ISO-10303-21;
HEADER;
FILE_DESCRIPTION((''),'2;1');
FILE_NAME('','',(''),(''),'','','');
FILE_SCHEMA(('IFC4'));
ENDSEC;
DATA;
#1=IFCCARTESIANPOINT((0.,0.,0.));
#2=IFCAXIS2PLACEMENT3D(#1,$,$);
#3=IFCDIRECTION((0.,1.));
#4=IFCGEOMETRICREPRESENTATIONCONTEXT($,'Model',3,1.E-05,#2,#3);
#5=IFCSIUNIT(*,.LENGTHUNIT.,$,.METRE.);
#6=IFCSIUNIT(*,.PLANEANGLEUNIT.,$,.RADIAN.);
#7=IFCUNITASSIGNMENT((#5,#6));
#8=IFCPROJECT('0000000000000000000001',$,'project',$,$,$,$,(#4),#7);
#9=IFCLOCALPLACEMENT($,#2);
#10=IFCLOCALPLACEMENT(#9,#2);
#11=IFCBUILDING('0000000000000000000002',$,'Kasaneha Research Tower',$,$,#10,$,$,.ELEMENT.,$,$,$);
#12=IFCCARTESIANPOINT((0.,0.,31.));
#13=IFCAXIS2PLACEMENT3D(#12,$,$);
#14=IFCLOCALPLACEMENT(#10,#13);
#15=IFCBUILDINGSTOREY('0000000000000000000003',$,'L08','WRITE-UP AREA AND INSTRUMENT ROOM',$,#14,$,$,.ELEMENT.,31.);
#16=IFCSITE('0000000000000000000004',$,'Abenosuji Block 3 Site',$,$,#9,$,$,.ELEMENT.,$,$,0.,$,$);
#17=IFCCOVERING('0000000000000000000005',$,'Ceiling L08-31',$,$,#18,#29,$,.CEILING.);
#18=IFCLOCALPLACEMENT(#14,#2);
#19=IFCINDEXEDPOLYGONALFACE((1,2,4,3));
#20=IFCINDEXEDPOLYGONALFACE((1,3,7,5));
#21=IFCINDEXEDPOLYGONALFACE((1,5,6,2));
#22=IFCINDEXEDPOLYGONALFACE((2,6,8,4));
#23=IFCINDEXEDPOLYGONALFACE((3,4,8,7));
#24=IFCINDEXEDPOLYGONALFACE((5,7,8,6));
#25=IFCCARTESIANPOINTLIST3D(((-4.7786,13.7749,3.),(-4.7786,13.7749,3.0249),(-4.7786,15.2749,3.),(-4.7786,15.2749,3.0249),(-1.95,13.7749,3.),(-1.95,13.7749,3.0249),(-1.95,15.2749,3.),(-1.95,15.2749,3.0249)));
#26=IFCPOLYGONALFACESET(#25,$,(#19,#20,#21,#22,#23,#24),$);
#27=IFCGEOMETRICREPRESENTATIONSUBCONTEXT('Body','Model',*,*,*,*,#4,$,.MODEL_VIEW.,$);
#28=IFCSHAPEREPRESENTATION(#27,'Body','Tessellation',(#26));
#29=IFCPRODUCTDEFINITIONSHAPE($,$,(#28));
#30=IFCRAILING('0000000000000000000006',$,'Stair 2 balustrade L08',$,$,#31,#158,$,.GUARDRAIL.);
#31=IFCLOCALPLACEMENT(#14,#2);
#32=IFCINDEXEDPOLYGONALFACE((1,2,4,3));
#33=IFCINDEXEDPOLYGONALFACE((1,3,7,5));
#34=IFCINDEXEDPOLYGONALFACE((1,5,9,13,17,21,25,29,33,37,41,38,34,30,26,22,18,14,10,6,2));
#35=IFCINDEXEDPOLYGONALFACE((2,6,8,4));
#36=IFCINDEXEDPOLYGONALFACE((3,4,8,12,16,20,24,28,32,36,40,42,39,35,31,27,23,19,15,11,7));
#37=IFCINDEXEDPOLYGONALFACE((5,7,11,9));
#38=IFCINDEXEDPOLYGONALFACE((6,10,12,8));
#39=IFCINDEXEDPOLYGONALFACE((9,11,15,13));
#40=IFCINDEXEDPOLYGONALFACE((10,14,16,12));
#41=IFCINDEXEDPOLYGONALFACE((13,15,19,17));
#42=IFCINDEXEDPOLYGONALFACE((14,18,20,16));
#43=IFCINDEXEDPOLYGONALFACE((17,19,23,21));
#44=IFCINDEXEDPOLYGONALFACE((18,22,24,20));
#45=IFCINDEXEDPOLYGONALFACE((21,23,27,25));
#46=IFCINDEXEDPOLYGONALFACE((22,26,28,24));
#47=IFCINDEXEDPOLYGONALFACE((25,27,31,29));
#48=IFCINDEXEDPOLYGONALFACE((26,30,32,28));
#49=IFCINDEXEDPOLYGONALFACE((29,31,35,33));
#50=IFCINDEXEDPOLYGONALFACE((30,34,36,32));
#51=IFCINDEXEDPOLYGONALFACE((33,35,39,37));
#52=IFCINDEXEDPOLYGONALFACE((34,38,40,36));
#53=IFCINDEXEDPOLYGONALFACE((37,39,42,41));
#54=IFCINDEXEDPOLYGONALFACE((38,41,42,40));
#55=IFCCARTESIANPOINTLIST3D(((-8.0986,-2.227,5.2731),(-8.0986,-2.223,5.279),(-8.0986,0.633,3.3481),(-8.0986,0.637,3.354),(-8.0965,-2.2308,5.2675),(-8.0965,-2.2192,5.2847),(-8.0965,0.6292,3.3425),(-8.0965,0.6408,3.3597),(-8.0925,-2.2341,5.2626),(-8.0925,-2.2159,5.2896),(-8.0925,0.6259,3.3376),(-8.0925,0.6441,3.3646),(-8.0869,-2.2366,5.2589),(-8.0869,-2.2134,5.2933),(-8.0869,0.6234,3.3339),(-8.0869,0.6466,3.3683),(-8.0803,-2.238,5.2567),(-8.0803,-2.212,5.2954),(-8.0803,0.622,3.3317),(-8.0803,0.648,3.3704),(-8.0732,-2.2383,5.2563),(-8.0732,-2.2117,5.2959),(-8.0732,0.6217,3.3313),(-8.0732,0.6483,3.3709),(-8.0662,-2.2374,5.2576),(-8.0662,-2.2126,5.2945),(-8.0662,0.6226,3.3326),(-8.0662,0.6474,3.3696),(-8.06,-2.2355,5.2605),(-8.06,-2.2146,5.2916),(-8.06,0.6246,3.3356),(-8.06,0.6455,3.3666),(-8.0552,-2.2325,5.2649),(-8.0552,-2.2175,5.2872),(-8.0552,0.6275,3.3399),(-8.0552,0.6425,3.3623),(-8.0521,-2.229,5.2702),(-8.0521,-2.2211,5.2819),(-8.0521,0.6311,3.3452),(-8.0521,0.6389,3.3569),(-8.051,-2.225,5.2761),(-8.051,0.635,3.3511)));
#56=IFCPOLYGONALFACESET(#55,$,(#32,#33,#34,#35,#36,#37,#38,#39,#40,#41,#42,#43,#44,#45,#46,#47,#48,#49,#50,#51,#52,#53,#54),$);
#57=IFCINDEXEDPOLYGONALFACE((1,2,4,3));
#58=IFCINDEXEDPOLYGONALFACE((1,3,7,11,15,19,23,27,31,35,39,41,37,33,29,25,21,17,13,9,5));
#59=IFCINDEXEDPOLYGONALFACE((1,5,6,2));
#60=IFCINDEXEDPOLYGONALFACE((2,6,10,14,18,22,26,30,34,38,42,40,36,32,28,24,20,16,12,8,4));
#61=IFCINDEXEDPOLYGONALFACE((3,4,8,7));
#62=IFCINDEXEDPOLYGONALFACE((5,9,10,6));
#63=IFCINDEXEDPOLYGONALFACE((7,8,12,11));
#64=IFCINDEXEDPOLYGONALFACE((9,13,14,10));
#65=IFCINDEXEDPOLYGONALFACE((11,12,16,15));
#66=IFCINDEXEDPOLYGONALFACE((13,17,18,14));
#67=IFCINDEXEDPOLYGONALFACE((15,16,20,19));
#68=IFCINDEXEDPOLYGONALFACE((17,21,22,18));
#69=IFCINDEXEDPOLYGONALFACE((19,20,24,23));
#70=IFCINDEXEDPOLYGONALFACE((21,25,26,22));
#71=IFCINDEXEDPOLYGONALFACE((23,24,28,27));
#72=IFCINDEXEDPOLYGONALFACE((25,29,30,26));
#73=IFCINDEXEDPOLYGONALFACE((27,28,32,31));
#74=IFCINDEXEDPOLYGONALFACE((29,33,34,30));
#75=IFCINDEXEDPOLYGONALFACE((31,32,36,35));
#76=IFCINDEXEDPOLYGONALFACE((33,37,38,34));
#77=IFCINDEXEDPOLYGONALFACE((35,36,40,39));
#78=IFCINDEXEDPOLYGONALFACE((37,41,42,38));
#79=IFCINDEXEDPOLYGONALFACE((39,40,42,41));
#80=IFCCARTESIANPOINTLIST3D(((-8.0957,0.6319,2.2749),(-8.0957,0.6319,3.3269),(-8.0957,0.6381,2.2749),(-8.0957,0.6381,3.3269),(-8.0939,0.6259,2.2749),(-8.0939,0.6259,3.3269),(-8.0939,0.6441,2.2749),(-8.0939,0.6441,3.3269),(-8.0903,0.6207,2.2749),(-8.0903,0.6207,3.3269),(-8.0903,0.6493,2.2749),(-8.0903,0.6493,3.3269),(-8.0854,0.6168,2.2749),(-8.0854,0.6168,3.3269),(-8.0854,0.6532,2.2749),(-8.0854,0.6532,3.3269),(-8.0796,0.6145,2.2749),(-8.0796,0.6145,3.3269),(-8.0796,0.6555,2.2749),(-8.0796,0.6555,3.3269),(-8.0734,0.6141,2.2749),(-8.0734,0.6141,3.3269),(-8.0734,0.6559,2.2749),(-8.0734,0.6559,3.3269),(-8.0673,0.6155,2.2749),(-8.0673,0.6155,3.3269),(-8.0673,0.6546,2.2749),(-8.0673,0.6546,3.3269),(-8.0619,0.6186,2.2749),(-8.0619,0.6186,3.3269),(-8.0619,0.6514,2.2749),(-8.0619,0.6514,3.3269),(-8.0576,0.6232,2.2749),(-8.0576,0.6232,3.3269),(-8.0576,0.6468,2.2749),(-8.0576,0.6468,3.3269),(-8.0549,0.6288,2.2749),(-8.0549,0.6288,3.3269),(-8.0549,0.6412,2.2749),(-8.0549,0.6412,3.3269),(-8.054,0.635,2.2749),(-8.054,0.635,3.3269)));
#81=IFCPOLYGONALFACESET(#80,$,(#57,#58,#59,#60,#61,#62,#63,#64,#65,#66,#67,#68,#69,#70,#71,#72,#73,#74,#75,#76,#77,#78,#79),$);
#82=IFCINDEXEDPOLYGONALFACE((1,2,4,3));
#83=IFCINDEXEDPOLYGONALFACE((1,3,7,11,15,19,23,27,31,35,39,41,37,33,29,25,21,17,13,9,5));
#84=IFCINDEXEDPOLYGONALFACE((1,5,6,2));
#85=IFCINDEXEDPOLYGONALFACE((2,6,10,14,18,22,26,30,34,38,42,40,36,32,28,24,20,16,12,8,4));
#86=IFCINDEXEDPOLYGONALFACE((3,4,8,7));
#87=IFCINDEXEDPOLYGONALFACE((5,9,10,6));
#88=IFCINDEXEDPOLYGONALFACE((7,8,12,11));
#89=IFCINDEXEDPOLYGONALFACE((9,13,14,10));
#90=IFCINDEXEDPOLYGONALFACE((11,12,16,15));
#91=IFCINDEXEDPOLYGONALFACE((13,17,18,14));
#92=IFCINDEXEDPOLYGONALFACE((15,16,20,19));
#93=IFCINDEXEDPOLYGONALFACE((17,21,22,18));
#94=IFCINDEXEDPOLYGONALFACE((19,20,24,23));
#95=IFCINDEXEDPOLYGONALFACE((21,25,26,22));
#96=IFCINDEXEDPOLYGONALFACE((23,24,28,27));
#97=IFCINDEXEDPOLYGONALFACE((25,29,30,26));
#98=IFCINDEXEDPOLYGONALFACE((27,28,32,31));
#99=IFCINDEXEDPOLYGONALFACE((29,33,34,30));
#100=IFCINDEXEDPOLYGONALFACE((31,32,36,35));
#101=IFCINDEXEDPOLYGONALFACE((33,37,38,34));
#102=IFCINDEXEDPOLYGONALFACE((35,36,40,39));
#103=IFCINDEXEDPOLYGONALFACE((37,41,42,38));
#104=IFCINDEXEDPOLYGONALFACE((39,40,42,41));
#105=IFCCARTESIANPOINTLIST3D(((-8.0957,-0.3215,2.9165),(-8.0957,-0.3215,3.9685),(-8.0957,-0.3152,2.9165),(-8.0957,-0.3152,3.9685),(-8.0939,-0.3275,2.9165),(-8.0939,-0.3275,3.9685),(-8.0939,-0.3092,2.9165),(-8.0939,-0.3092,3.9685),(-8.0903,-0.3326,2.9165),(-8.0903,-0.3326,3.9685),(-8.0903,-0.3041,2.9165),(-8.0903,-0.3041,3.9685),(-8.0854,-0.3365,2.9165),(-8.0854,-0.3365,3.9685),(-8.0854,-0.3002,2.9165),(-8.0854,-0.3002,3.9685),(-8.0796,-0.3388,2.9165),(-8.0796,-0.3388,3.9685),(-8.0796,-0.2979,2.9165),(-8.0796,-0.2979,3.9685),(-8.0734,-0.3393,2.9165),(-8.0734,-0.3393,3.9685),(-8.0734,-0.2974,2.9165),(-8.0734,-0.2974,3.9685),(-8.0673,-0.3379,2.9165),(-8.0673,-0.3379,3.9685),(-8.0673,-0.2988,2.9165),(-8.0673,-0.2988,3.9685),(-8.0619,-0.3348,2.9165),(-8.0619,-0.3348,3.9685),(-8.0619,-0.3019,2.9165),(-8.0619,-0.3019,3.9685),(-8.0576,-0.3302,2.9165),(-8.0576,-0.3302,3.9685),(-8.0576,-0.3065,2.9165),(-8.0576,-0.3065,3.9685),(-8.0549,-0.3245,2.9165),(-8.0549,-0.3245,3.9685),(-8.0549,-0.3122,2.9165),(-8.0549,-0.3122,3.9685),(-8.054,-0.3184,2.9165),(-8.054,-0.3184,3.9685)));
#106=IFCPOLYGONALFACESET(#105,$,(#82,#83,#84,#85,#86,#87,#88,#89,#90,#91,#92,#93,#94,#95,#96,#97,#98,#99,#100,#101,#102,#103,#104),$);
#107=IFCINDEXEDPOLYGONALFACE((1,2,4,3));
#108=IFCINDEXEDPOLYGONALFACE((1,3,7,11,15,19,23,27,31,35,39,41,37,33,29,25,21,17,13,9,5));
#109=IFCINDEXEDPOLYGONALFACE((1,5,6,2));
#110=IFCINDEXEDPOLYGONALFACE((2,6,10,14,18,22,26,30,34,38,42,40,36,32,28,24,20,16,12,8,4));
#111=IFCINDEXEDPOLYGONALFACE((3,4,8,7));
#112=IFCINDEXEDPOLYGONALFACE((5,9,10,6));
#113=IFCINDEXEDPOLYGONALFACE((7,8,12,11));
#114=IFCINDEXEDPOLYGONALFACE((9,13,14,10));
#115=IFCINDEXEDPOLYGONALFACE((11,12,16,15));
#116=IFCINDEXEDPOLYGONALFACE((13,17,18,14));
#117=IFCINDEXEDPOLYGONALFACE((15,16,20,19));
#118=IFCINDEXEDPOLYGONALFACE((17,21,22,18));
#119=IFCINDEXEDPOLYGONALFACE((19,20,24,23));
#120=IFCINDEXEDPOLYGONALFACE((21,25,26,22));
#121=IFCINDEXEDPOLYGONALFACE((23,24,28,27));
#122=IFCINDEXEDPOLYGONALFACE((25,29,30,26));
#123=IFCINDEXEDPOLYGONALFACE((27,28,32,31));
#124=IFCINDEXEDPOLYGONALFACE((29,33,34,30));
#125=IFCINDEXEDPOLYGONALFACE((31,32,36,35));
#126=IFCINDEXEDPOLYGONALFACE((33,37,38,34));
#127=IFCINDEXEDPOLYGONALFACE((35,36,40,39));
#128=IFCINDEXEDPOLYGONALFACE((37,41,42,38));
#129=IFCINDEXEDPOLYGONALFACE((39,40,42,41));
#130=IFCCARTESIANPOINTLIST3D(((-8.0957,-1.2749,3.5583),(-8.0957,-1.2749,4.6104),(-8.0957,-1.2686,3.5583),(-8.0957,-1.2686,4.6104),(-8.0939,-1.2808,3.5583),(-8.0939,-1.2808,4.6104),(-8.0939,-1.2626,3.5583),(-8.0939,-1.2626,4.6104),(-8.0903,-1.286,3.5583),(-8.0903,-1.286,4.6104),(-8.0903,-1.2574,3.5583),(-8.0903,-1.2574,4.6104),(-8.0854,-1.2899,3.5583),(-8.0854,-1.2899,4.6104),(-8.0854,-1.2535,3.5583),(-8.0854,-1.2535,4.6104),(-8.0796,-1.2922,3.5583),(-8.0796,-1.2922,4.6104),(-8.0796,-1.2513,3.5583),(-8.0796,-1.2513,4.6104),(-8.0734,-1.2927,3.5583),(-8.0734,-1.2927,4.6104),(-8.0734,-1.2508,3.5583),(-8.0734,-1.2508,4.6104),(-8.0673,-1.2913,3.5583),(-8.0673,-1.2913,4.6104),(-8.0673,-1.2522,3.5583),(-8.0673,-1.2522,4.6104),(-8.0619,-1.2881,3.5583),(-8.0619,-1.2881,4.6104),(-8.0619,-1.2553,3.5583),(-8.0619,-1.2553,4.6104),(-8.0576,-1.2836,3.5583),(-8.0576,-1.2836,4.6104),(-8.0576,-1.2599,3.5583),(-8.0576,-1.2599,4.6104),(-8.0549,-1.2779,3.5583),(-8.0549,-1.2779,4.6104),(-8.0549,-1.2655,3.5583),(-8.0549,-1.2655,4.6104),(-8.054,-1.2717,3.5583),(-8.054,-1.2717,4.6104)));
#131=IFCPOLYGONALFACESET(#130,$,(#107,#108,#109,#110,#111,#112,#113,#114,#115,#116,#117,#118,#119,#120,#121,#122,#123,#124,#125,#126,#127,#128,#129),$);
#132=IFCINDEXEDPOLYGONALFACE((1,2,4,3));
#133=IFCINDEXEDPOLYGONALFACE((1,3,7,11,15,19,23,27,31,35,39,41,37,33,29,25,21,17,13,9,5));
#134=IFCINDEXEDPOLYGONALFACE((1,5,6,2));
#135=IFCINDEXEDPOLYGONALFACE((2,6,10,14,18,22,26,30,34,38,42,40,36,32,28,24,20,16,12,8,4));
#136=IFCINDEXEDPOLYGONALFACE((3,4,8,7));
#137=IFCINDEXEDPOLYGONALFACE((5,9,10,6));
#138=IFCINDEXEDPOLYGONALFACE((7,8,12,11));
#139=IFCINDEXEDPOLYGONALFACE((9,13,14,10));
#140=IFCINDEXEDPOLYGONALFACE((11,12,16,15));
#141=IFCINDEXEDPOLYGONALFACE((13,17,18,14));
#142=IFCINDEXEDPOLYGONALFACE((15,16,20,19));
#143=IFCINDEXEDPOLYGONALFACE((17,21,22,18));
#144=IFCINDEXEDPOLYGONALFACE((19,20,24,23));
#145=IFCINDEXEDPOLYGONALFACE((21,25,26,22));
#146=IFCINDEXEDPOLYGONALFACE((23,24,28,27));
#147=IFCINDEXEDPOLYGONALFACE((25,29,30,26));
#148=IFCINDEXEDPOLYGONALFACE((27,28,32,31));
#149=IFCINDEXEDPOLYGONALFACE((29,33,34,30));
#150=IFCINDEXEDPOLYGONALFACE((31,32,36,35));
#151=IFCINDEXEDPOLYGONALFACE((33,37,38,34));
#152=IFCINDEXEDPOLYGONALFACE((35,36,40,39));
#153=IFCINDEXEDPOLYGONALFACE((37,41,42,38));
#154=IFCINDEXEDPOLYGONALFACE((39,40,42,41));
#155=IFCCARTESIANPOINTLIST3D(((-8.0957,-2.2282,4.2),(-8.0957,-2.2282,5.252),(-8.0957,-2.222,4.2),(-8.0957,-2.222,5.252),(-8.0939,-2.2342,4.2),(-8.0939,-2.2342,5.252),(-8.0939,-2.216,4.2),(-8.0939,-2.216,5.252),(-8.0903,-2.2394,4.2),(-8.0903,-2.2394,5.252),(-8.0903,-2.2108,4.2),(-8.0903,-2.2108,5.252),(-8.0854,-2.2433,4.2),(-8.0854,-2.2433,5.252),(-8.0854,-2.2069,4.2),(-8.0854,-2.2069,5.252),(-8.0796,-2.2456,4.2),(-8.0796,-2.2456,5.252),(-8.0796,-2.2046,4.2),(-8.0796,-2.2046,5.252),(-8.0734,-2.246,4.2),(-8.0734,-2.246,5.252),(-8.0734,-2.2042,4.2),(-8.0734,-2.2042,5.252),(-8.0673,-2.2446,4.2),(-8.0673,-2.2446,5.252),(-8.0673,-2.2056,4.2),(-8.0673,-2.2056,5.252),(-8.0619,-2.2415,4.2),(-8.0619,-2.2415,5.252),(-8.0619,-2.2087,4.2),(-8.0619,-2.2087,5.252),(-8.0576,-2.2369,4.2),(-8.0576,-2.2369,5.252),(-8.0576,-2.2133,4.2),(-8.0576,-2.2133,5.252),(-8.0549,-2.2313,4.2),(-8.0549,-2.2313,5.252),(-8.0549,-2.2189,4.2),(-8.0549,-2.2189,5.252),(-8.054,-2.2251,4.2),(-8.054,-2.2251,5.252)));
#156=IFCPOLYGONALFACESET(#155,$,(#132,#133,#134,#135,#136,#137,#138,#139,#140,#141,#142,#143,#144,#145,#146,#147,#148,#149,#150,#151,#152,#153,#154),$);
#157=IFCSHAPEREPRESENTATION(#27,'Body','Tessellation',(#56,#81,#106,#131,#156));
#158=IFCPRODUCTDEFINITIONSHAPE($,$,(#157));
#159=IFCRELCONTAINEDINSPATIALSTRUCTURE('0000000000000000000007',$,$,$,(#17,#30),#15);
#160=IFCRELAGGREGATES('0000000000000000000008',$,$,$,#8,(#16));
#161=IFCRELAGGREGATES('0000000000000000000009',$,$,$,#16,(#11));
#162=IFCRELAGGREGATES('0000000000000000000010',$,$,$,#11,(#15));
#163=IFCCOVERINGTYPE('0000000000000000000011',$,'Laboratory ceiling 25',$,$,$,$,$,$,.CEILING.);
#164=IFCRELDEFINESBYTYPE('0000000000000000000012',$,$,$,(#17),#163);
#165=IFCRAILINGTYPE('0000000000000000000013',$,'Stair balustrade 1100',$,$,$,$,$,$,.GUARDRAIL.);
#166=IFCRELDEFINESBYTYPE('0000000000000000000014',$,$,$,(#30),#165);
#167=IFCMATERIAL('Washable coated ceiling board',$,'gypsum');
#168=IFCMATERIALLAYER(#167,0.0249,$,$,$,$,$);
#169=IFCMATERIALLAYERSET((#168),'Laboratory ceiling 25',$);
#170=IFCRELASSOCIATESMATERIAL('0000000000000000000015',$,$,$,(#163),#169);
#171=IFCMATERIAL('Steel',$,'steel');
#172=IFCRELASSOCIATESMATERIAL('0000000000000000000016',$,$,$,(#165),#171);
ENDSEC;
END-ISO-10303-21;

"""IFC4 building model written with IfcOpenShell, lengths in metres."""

from ifc_helpers import new_model, si_unit, direction, frame, origin, origin_2d, place, context, subcontext, project, spatial, polyline, circle, outline, extrude, material, layer, layer_set, type_object, element, save


model = new_model("IFC4")

# Units and contexts
model_context = context("Model", 3, precision=1e-05, world=origin(), true_north=direction((0.0, 1.0)))
body_context = subcontext(model_context, "Body", "Model", "MODEL_VIEW")
ifc_project = project(units=[si_unit("LENGTHUNIT", "METRE"), si_unit("PLANEANGLEUNIT", "RADIAN")], contexts=[model_context])

# Site, building, storey
site_placement = place(None, origin())
site = spatial("IfcSite", under=ifc_project, at=site_placement, Name="Abenosuji Block 3 Site", CompositionType="ELEMENT", RefElevation=0.0)
building_placement = place(site_placement, origin())
building = spatial("IfcBuilding", under=site, at=building_placement, Name="Kasaneha Research Tower", CompositionType="ELEMENT")
storey_placement = place(building_placement, frame((0.0, 0.0, 31.0)))
storey = spatial("IfcBuildingStorey", under=building, at=storey_placement, Name="L08", Description="WRITE-UP AREA AND INSTRUMENT ROOM", CompositionType="ELEMENT", Elevation=31.0)

# Covering
ifc_material_1 = material(Name="Washable coated ceiling board", Category="gypsum")
ifc_layer_1 = layer(ifc_material_1, 0.0249)
ifc_layer_set_1 = layer_set([ifc_layer_1], Name="Laboratory ceiling 25")
covering_type = type_object("IfcCoveringType", Name="Laboratory ceiling 25", PredefinedType="CEILING", material=ifc_layer_set_1)
covering_placement = place(storey_placement, frame((0.0, 0.0, 3.0)))
element("IfcCovering", 1, at=covering_placement, inside=storey, type_object=covering_type, Name="Ceiling L08-31", PredefinedType="CEILING", context=body_context, shape_type="SweptSolid", body=[
    extrude(outline(polyline([(-4.7786, 15.2749), (-1.95, 15.2749), (-1.95, 13.7749), (-4.7786, 13.7749), (-4.7786, 15.2749)])), origin(), (0.0, 0.0, 1.0), 0.0249),
])

# Railing
ifc_material_2 = material(Name="Steel", Category="steel")
railing_type_1 = type_object("IfcRailingType", Name="Stair balustrade 1100", PredefinedType="GUARDRAIL", material=ifc_material_2)
railing_1_placement = place(storey_placement, frame((-8.075, 0.635, 2.2749)))
element("IfcRailing", 2, at=railing_1_placement, inside=storey, type_object=railing_type_1, Name="Stair 2 balustrade L08", PredefinedType="GUARDRAIL", context=body_context, shape_type="SweptSolid", body=[
    extrude(circle(Radius=0.0239, at=origin_2d()), frame((0.0, 0.0, 1.0762), z_axis=(0.0, -0.829591, 0.558372), x_axis=(1.0, 0.0, 0.0)), (0.0, 0.0, 1.0), 3.4475),
    extrude(circle(Radius=0.021, at=origin_2d()), origin(), (0.0, 0.0, 1.0), 1.052),
    extrude(circle(Radius=0.021, at=origin_2d()), frame((0.0, -0.9534, 0.6416)), (0.0, 0.0, 1.0), 1.052),
    extrude(circle(Radius=0.021, at=origin_2d()), frame((0.0, -1.9067, 1.2834)), (0.0, 0.0, 1.0), 1.052),
    extrude(circle(Radius=0.021, at=origin_2d()), frame((0.0, -2.8601, 1.925)), (0.0, 0.0, 1.0), 1.052),
])

save(model, "model.ifc")
